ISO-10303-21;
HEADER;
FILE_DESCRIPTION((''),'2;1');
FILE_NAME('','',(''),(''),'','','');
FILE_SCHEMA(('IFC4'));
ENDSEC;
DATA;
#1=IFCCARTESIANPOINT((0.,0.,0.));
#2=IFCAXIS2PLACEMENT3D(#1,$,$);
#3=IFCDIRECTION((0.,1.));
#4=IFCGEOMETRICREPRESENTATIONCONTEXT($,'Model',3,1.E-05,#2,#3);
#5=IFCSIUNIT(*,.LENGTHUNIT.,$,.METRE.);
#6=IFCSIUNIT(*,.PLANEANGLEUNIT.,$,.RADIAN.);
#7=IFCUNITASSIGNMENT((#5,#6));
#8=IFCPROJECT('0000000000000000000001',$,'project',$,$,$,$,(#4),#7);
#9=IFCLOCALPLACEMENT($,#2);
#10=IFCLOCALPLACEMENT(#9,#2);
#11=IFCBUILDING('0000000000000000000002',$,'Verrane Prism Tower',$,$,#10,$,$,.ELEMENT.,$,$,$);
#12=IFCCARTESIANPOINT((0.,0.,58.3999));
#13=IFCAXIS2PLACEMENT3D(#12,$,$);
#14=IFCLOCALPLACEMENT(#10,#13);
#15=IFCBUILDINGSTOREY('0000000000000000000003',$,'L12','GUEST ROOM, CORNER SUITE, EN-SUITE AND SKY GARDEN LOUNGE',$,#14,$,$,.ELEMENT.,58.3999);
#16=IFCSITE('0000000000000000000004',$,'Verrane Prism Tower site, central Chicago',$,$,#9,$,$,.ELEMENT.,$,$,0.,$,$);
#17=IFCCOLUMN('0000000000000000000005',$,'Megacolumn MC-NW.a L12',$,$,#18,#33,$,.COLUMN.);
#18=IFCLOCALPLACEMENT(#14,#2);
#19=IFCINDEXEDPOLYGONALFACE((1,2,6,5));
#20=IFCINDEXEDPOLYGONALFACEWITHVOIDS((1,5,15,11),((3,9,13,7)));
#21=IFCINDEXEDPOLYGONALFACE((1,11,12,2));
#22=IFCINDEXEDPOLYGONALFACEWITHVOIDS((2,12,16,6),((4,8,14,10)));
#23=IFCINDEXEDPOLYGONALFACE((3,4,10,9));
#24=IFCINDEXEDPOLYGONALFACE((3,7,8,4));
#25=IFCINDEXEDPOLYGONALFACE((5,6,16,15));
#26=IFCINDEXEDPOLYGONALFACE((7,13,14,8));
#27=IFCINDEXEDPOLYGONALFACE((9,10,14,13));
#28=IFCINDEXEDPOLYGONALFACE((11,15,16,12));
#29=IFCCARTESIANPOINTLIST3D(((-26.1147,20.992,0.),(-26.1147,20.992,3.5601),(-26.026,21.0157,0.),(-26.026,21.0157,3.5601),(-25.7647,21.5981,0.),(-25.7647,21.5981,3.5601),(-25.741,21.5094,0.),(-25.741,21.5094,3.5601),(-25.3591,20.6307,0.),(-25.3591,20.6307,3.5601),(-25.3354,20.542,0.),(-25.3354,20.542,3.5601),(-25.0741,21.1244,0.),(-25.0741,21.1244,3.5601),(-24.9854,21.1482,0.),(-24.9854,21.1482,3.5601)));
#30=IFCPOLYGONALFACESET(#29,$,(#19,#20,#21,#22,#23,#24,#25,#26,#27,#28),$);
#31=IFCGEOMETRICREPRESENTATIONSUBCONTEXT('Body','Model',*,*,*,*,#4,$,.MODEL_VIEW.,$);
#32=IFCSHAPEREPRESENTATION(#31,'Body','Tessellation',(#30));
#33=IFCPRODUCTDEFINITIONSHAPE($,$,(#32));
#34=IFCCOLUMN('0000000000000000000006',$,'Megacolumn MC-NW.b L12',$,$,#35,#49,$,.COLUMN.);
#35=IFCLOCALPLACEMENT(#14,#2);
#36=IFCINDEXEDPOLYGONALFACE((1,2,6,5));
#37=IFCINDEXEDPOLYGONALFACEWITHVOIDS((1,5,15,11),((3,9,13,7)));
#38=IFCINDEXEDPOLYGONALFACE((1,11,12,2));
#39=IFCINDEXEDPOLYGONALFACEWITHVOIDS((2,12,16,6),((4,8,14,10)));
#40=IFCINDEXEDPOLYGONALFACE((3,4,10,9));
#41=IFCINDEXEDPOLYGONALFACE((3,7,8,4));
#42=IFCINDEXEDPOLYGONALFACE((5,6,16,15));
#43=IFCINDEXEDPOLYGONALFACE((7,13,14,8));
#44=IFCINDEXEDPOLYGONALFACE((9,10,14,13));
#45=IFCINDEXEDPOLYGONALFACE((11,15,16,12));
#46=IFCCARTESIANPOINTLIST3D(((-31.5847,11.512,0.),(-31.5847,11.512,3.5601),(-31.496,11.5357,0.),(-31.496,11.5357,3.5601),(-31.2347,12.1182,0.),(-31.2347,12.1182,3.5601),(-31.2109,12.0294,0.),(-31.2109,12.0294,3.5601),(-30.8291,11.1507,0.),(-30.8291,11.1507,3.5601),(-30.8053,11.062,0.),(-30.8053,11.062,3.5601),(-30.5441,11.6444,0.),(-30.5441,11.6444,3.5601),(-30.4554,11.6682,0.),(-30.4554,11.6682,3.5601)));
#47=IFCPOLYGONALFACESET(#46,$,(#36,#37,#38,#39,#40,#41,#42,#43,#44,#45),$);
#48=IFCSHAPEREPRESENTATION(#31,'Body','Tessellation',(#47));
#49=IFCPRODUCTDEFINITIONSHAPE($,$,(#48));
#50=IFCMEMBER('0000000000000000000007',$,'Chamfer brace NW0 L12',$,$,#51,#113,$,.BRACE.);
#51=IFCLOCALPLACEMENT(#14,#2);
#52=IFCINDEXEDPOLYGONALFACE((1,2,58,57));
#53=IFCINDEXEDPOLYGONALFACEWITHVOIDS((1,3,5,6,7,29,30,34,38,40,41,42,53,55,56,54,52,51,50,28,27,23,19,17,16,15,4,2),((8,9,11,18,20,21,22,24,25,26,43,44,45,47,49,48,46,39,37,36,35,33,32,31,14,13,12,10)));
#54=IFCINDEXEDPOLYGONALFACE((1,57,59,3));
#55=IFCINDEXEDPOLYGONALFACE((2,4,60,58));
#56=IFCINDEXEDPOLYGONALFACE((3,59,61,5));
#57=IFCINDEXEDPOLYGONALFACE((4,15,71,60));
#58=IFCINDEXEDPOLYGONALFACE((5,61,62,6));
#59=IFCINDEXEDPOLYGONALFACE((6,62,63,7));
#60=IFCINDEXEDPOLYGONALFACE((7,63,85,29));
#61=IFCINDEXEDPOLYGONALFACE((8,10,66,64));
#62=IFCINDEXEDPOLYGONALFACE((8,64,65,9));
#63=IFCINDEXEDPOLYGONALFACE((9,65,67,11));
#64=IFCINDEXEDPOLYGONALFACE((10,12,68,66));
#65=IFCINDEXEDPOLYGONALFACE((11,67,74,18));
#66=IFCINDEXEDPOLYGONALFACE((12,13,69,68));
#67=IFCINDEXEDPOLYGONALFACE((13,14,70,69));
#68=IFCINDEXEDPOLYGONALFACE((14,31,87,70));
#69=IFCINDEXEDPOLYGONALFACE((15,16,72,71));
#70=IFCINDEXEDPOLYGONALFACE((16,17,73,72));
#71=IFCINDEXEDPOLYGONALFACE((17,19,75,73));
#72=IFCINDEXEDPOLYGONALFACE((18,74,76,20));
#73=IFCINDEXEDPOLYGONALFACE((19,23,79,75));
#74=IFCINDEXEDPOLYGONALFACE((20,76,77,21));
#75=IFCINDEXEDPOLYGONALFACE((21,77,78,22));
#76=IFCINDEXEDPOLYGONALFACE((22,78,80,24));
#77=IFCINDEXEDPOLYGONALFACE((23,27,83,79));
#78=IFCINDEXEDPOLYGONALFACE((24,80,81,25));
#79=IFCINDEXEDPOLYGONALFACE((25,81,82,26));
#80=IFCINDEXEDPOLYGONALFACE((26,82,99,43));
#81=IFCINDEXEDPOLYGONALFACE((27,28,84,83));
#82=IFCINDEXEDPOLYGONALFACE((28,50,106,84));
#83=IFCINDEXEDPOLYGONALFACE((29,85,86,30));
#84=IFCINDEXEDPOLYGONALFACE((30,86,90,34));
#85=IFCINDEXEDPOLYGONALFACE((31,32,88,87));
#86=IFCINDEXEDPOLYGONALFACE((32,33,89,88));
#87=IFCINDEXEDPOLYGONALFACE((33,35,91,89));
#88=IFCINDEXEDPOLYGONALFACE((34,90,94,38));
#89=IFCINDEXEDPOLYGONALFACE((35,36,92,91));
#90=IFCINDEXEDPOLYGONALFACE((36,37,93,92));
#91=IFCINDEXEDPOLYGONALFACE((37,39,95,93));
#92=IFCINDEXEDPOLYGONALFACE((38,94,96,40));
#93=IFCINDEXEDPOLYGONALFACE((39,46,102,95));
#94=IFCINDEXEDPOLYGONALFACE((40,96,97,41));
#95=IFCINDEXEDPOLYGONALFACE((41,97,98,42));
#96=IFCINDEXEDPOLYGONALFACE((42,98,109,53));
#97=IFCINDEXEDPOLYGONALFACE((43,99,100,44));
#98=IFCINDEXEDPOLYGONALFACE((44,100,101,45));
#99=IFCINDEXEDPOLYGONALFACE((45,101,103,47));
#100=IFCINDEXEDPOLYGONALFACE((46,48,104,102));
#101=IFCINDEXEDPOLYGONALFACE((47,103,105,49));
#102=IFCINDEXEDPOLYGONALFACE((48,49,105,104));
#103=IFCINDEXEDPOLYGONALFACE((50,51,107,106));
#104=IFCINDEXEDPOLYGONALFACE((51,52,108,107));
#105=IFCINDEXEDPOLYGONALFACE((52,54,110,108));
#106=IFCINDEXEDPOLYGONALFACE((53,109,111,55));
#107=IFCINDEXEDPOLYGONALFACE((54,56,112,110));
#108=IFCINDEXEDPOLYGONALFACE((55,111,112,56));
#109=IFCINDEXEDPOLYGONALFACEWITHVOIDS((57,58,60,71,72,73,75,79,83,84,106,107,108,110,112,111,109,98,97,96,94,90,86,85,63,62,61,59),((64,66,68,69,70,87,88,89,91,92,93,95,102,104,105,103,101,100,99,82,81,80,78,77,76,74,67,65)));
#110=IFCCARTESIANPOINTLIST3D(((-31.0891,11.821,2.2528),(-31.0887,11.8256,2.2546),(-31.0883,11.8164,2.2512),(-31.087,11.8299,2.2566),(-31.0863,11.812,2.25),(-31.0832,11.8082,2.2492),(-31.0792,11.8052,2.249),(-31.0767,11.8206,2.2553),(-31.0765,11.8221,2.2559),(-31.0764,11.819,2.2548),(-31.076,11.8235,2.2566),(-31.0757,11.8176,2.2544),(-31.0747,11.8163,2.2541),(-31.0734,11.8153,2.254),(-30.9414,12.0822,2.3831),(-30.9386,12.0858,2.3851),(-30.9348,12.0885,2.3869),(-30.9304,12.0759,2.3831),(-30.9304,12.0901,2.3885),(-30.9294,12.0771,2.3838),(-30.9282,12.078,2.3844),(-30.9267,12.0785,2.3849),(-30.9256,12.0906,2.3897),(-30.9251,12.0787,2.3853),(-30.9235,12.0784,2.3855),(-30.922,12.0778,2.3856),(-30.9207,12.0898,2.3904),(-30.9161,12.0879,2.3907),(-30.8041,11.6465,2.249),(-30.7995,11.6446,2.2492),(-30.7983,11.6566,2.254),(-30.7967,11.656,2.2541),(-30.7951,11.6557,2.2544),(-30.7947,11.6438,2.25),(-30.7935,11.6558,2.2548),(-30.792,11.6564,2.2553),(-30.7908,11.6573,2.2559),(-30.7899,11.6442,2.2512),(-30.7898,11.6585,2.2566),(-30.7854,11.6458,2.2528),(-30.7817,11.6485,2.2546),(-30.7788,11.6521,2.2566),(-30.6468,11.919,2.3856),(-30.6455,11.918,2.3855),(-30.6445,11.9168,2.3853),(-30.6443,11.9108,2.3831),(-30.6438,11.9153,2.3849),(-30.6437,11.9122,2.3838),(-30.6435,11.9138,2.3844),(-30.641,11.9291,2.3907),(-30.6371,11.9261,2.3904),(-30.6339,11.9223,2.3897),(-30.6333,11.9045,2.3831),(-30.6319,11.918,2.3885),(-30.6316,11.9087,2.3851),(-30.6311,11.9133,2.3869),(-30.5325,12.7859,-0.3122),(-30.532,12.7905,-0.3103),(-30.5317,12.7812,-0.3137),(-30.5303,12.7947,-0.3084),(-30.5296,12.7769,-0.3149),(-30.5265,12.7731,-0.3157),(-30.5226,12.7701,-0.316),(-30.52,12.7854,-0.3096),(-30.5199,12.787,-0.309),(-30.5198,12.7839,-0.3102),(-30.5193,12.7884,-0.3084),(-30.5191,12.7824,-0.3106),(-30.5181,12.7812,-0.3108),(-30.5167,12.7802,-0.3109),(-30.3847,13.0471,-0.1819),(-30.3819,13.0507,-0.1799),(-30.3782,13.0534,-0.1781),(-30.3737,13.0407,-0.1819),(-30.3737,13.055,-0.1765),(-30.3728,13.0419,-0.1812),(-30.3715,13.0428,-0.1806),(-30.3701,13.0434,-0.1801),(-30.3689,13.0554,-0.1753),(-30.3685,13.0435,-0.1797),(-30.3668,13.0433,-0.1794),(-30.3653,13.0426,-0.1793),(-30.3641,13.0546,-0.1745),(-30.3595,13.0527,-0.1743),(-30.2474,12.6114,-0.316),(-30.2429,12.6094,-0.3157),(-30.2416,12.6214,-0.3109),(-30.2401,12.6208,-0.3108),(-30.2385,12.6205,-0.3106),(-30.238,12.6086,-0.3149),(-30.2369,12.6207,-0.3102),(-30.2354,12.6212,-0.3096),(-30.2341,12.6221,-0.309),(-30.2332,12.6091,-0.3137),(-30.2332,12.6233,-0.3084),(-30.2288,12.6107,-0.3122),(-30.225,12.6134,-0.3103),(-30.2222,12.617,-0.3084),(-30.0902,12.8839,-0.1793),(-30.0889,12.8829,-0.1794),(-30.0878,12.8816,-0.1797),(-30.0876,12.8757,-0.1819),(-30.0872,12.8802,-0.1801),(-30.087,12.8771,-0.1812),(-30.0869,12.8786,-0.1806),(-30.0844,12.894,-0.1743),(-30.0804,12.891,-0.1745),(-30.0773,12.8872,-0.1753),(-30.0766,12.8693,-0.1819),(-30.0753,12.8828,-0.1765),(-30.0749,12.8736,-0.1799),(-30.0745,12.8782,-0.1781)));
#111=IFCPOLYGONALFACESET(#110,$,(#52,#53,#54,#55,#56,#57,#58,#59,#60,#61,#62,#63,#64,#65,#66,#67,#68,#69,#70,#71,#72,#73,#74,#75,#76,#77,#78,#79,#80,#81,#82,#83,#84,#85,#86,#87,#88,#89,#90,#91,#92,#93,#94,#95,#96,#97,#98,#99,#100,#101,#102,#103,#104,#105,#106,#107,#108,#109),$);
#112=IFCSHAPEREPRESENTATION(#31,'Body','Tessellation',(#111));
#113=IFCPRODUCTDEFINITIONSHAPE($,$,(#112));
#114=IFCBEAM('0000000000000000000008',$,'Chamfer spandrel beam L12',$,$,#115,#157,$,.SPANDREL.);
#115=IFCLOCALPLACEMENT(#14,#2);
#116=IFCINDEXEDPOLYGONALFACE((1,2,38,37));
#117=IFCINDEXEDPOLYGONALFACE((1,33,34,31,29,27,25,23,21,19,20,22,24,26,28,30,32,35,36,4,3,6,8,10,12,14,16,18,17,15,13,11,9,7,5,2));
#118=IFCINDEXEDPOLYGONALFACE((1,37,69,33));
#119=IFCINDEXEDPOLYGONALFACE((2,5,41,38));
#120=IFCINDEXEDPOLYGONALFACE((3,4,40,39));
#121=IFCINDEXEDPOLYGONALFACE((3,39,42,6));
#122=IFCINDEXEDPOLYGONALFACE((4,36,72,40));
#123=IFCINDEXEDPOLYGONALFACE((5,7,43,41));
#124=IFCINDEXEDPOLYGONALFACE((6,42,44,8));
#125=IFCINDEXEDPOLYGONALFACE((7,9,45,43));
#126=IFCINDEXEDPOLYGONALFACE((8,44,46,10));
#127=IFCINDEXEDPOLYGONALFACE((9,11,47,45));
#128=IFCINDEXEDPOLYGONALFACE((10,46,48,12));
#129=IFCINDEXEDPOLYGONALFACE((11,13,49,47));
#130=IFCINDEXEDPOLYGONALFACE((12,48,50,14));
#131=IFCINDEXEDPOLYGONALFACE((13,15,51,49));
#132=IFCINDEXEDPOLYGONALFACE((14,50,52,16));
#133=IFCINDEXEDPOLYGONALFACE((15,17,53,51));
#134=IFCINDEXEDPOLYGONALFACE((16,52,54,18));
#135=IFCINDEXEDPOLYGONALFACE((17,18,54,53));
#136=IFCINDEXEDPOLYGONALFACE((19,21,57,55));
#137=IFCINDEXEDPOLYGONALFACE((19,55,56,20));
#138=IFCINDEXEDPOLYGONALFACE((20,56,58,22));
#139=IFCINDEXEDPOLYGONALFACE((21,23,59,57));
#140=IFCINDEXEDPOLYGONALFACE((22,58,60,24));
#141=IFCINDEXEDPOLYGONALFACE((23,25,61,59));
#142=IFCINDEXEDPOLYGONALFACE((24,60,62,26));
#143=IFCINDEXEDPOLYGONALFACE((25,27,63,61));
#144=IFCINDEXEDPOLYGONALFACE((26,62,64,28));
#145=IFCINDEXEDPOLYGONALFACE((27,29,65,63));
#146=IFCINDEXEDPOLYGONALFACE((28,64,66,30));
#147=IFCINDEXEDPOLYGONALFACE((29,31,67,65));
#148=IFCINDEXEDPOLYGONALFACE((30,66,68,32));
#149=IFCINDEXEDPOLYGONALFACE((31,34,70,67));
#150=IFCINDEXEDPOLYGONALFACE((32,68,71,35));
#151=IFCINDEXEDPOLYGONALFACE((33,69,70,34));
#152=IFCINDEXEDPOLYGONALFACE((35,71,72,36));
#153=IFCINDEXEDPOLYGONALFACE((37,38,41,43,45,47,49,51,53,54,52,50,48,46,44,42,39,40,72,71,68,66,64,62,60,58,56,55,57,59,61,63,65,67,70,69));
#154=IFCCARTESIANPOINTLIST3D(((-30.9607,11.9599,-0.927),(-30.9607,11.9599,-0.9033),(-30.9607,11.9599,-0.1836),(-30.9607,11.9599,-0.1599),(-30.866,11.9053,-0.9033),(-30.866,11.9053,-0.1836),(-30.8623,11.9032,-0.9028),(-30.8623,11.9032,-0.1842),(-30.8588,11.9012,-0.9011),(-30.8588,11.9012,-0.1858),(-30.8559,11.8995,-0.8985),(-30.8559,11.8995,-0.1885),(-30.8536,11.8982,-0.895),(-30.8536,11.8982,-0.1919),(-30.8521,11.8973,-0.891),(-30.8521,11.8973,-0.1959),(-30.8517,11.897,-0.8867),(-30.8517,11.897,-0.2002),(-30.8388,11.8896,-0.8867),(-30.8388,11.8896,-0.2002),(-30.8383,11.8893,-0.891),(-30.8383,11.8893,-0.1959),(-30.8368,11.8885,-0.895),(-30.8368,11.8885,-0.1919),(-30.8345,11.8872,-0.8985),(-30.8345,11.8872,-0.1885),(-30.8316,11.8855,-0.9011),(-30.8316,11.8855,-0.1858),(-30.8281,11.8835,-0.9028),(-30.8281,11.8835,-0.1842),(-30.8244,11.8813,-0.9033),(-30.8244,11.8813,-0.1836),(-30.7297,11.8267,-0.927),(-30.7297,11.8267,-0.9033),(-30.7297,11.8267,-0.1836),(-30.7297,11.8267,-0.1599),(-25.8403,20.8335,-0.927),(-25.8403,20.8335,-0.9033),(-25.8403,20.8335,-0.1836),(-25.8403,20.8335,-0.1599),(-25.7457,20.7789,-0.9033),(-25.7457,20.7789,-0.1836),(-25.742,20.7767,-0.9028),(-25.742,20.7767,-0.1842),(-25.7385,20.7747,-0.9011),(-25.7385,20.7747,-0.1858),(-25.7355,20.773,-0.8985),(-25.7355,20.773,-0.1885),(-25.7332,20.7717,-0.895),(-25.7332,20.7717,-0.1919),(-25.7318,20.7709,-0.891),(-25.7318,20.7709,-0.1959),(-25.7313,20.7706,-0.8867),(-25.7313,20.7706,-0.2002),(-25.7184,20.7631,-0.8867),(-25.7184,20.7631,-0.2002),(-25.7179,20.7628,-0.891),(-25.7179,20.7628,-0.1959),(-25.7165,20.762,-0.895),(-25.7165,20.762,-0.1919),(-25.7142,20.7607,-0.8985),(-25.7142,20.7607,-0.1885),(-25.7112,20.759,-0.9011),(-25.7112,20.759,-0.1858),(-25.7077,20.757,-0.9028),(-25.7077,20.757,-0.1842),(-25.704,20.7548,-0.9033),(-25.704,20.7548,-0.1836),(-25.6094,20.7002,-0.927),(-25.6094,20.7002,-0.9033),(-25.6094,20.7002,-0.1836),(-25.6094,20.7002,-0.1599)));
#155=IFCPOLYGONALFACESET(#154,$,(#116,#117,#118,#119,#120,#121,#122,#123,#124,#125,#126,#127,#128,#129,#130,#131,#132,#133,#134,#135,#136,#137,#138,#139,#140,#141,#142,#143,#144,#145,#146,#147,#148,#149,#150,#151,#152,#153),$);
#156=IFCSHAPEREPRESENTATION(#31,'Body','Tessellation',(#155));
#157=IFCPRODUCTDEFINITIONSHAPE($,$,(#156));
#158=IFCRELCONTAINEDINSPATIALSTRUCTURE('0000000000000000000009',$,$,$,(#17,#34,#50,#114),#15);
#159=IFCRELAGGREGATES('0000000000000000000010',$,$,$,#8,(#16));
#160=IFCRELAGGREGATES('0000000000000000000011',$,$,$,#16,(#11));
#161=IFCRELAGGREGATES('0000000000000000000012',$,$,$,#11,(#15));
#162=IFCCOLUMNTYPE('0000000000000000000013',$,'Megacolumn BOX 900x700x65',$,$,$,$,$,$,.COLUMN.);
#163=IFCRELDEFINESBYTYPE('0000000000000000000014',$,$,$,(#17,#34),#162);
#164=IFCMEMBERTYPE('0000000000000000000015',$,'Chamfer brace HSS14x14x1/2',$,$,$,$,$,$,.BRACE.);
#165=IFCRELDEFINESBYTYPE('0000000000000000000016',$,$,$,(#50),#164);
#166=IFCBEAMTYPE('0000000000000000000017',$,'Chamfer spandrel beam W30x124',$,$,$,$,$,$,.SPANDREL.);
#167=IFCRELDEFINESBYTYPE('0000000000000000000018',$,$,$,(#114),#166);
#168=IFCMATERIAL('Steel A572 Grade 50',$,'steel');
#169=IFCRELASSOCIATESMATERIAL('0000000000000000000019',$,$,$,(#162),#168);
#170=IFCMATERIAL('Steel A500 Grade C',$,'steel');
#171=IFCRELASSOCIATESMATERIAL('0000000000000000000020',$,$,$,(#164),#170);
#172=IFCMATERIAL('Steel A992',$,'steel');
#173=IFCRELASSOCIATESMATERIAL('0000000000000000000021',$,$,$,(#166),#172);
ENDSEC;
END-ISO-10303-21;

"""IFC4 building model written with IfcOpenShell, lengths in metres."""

from ifc_helpers import new_model, si_unit, direction, frame, origin, origin_2d, place, context, subcontext, project, spatial, hollow_rectangle, i_section, extrude, material, material_profile, profile_set, type_object, element, save


model = new_model("IFC4")

# Units and contexts
model_context = context("Model", 3, precision=1e-05, world=origin(), true_north=direction((0.0, 1.0)))
body_context = subcontext(model_context, "Body", "Model", "MODEL_VIEW")
ifc_project = project(units=[si_unit("LENGTHUNIT", "METRE"), si_unit("PLANEANGLEUNIT", "RADIAN")], contexts=[model_context])

# Site, building, storey
site_placement = place(None, origin())
site = spatial("IfcSite", under=ifc_project, at=site_placement, Name="Verrane Prism Tower site, central Chicago", CompositionType="ELEMENT", RefElevation=0.0)
building_placement = place(site_placement, origin())
building = spatial("IfcBuilding", under=site, at=building_placement, Name="Verrane Prism Tower", CompositionType="ELEMENT")
storey_placement = place(building_placement, frame((0.0, 0.0, 58.3999)))
storey = spatial("IfcBuildingStorey", under=building, at=storey_placement, Name="L12", Description="GUEST ROOM, CORNER SUITE, EN-SUITE AND SKY GARDEN LOUNGE", CompositionType="ELEMENT", Elevation=58.3999)

# Columns
ifc_material_1 = material(Name="Steel A572 Grade 50", Category="steel")
ifc_material_profile_1 = material_profile(ifc_material_1, hollow_rectangle(XDim=0.7, YDim=0.8999, WallThickness=0.0649, at=origin_2d()), Name="BOX 900x700x65")
ifc_profile_set_1 = profile_set([ifc_material_profile_1], Name="Steel A572 Grade 50")
column_type = type_object("IfcColumnType", Name="Megacolumn BOX 900x700x65", PredefinedType="COLUMN", material=ifc_profile_set_1)
for number, where, z_axis, x_axis, name in (
    (1, (-25.55, 21.0701, 0.0), (0.0, 0.0, 1.0), (0.5, 0.866025, 0.0), "Megacolumn MC-NW.a L12"),
    (2, (-31.02, 11.5901, 0.0), (0.0, 0.0, 1.0), (0.5, 0.866025, 0.0), "Megacolumn MC-NW.b L12"),
):
    element("IfcColumn", number, at=place(storey_placement, frame(where, z_axis=z_axis, x_axis=x_axis)), inside=storey, type_object=column_type, Name=name, PredefinedType="COLUMN", context=body_context, shape_type="SweptSolid", body=[
        extrude(hollow_rectangle(XDim=0.7, YDim=0.8999, WallThickness=0.0649, at=origin_2d()), origin(), (0.0, 0.0, 1.0), 3.5601),
    ])

# Member
ifc_material_2 = material(Name="Steel A500 Grade C", Category="steel")
ifc_material_profile_2 = material_profile(ifc_material_2, hollow_rectangle(XDim=0.3557, YDim=0.3557, WallThickness=0.0127, InnerFilletRadius=0.0063, OuterFilletRadius=0.019, at=origin_2d()), Name="HSS14x14x1/2")
ifc_profile_set_2 = profile_set([ifc_material_profile_2], Name="Steel A500 Grade C")
member_type_1 = type_object("IfcMemberType", Name="Chamfer brace HSS14x14x1/2", PredefinedType="BRACE", material=ifc_profile_set_2)
member_1_placement = place(storey_placement, frame((-30.3035, 12.832, -0.2451), z_axis=(-0.199058, -0.345034, 0.917239), x_axis=(0.866186, -0.499722, 0.0)))
element("IfcMember", 3, at=member_1_placement, inside=storey, type_object=member_type_1, Name="Chamfer brace NW0 L12", PredefinedType="BRACE", context=body_context, shape_type="SweptSolid", body=[
    extrude(hollow_rectangle(XDim=0.3557, YDim=0.3557, WallThickness=0.0127, InnerFilletRadius=0.0063, OuterFilletRadius=0.019, at=origin_2d()), origin(), (0.0, 0.0, 1.0), 2.7964),
])

# Beam
ifc_material_3 = material(Name="Steel A992", Category="steel")
ifc_material_profile_3 = material_profile(ifc_material_3, i_section(OverallWidth=0.2666, OverallDepth=0.7671, WebThickness=0.0149, FlangeThickness=0.0237, FilletRadius=0.0166, at=origin_2d()), Name="W30x124")
ifc_profile_set_3 = profile_set([ifc_material_profile_3], Name="Steel A992")
beam_type_1 = type_object("IfcBeamType", Name="Chamfer spandrel beam W30x124", PredefinedType="SPANDREL", material=ifc_profile_set_3)
beam_1_placement = place(storey_placement, frame((-25.7249, 20.7668, -0.5435), z_axis=(-0.499797, -0.866143, 0.0), x_axis=(0.866143, -0.499797, 0.0)))
element("IfcBeam", 4, at=beam_1_placement, inside=storey, type_object=beam_type_1, Name="Chamfer spandrel beam L12", PredefinedType="SPANDREL", context=body_context, shape_type="SweptSolid", body=[
    extrude(i_section(OverallWidth=0.2666, OverallDepth=0.7671, WebThickness=0.0149, FlangeThickness=0.0237, FilletRadius=0.0166, at=origin_2d()), origin(), (0.0, 0.0, 1.0), 10.2449),
])

save(model, "model.ifc")
